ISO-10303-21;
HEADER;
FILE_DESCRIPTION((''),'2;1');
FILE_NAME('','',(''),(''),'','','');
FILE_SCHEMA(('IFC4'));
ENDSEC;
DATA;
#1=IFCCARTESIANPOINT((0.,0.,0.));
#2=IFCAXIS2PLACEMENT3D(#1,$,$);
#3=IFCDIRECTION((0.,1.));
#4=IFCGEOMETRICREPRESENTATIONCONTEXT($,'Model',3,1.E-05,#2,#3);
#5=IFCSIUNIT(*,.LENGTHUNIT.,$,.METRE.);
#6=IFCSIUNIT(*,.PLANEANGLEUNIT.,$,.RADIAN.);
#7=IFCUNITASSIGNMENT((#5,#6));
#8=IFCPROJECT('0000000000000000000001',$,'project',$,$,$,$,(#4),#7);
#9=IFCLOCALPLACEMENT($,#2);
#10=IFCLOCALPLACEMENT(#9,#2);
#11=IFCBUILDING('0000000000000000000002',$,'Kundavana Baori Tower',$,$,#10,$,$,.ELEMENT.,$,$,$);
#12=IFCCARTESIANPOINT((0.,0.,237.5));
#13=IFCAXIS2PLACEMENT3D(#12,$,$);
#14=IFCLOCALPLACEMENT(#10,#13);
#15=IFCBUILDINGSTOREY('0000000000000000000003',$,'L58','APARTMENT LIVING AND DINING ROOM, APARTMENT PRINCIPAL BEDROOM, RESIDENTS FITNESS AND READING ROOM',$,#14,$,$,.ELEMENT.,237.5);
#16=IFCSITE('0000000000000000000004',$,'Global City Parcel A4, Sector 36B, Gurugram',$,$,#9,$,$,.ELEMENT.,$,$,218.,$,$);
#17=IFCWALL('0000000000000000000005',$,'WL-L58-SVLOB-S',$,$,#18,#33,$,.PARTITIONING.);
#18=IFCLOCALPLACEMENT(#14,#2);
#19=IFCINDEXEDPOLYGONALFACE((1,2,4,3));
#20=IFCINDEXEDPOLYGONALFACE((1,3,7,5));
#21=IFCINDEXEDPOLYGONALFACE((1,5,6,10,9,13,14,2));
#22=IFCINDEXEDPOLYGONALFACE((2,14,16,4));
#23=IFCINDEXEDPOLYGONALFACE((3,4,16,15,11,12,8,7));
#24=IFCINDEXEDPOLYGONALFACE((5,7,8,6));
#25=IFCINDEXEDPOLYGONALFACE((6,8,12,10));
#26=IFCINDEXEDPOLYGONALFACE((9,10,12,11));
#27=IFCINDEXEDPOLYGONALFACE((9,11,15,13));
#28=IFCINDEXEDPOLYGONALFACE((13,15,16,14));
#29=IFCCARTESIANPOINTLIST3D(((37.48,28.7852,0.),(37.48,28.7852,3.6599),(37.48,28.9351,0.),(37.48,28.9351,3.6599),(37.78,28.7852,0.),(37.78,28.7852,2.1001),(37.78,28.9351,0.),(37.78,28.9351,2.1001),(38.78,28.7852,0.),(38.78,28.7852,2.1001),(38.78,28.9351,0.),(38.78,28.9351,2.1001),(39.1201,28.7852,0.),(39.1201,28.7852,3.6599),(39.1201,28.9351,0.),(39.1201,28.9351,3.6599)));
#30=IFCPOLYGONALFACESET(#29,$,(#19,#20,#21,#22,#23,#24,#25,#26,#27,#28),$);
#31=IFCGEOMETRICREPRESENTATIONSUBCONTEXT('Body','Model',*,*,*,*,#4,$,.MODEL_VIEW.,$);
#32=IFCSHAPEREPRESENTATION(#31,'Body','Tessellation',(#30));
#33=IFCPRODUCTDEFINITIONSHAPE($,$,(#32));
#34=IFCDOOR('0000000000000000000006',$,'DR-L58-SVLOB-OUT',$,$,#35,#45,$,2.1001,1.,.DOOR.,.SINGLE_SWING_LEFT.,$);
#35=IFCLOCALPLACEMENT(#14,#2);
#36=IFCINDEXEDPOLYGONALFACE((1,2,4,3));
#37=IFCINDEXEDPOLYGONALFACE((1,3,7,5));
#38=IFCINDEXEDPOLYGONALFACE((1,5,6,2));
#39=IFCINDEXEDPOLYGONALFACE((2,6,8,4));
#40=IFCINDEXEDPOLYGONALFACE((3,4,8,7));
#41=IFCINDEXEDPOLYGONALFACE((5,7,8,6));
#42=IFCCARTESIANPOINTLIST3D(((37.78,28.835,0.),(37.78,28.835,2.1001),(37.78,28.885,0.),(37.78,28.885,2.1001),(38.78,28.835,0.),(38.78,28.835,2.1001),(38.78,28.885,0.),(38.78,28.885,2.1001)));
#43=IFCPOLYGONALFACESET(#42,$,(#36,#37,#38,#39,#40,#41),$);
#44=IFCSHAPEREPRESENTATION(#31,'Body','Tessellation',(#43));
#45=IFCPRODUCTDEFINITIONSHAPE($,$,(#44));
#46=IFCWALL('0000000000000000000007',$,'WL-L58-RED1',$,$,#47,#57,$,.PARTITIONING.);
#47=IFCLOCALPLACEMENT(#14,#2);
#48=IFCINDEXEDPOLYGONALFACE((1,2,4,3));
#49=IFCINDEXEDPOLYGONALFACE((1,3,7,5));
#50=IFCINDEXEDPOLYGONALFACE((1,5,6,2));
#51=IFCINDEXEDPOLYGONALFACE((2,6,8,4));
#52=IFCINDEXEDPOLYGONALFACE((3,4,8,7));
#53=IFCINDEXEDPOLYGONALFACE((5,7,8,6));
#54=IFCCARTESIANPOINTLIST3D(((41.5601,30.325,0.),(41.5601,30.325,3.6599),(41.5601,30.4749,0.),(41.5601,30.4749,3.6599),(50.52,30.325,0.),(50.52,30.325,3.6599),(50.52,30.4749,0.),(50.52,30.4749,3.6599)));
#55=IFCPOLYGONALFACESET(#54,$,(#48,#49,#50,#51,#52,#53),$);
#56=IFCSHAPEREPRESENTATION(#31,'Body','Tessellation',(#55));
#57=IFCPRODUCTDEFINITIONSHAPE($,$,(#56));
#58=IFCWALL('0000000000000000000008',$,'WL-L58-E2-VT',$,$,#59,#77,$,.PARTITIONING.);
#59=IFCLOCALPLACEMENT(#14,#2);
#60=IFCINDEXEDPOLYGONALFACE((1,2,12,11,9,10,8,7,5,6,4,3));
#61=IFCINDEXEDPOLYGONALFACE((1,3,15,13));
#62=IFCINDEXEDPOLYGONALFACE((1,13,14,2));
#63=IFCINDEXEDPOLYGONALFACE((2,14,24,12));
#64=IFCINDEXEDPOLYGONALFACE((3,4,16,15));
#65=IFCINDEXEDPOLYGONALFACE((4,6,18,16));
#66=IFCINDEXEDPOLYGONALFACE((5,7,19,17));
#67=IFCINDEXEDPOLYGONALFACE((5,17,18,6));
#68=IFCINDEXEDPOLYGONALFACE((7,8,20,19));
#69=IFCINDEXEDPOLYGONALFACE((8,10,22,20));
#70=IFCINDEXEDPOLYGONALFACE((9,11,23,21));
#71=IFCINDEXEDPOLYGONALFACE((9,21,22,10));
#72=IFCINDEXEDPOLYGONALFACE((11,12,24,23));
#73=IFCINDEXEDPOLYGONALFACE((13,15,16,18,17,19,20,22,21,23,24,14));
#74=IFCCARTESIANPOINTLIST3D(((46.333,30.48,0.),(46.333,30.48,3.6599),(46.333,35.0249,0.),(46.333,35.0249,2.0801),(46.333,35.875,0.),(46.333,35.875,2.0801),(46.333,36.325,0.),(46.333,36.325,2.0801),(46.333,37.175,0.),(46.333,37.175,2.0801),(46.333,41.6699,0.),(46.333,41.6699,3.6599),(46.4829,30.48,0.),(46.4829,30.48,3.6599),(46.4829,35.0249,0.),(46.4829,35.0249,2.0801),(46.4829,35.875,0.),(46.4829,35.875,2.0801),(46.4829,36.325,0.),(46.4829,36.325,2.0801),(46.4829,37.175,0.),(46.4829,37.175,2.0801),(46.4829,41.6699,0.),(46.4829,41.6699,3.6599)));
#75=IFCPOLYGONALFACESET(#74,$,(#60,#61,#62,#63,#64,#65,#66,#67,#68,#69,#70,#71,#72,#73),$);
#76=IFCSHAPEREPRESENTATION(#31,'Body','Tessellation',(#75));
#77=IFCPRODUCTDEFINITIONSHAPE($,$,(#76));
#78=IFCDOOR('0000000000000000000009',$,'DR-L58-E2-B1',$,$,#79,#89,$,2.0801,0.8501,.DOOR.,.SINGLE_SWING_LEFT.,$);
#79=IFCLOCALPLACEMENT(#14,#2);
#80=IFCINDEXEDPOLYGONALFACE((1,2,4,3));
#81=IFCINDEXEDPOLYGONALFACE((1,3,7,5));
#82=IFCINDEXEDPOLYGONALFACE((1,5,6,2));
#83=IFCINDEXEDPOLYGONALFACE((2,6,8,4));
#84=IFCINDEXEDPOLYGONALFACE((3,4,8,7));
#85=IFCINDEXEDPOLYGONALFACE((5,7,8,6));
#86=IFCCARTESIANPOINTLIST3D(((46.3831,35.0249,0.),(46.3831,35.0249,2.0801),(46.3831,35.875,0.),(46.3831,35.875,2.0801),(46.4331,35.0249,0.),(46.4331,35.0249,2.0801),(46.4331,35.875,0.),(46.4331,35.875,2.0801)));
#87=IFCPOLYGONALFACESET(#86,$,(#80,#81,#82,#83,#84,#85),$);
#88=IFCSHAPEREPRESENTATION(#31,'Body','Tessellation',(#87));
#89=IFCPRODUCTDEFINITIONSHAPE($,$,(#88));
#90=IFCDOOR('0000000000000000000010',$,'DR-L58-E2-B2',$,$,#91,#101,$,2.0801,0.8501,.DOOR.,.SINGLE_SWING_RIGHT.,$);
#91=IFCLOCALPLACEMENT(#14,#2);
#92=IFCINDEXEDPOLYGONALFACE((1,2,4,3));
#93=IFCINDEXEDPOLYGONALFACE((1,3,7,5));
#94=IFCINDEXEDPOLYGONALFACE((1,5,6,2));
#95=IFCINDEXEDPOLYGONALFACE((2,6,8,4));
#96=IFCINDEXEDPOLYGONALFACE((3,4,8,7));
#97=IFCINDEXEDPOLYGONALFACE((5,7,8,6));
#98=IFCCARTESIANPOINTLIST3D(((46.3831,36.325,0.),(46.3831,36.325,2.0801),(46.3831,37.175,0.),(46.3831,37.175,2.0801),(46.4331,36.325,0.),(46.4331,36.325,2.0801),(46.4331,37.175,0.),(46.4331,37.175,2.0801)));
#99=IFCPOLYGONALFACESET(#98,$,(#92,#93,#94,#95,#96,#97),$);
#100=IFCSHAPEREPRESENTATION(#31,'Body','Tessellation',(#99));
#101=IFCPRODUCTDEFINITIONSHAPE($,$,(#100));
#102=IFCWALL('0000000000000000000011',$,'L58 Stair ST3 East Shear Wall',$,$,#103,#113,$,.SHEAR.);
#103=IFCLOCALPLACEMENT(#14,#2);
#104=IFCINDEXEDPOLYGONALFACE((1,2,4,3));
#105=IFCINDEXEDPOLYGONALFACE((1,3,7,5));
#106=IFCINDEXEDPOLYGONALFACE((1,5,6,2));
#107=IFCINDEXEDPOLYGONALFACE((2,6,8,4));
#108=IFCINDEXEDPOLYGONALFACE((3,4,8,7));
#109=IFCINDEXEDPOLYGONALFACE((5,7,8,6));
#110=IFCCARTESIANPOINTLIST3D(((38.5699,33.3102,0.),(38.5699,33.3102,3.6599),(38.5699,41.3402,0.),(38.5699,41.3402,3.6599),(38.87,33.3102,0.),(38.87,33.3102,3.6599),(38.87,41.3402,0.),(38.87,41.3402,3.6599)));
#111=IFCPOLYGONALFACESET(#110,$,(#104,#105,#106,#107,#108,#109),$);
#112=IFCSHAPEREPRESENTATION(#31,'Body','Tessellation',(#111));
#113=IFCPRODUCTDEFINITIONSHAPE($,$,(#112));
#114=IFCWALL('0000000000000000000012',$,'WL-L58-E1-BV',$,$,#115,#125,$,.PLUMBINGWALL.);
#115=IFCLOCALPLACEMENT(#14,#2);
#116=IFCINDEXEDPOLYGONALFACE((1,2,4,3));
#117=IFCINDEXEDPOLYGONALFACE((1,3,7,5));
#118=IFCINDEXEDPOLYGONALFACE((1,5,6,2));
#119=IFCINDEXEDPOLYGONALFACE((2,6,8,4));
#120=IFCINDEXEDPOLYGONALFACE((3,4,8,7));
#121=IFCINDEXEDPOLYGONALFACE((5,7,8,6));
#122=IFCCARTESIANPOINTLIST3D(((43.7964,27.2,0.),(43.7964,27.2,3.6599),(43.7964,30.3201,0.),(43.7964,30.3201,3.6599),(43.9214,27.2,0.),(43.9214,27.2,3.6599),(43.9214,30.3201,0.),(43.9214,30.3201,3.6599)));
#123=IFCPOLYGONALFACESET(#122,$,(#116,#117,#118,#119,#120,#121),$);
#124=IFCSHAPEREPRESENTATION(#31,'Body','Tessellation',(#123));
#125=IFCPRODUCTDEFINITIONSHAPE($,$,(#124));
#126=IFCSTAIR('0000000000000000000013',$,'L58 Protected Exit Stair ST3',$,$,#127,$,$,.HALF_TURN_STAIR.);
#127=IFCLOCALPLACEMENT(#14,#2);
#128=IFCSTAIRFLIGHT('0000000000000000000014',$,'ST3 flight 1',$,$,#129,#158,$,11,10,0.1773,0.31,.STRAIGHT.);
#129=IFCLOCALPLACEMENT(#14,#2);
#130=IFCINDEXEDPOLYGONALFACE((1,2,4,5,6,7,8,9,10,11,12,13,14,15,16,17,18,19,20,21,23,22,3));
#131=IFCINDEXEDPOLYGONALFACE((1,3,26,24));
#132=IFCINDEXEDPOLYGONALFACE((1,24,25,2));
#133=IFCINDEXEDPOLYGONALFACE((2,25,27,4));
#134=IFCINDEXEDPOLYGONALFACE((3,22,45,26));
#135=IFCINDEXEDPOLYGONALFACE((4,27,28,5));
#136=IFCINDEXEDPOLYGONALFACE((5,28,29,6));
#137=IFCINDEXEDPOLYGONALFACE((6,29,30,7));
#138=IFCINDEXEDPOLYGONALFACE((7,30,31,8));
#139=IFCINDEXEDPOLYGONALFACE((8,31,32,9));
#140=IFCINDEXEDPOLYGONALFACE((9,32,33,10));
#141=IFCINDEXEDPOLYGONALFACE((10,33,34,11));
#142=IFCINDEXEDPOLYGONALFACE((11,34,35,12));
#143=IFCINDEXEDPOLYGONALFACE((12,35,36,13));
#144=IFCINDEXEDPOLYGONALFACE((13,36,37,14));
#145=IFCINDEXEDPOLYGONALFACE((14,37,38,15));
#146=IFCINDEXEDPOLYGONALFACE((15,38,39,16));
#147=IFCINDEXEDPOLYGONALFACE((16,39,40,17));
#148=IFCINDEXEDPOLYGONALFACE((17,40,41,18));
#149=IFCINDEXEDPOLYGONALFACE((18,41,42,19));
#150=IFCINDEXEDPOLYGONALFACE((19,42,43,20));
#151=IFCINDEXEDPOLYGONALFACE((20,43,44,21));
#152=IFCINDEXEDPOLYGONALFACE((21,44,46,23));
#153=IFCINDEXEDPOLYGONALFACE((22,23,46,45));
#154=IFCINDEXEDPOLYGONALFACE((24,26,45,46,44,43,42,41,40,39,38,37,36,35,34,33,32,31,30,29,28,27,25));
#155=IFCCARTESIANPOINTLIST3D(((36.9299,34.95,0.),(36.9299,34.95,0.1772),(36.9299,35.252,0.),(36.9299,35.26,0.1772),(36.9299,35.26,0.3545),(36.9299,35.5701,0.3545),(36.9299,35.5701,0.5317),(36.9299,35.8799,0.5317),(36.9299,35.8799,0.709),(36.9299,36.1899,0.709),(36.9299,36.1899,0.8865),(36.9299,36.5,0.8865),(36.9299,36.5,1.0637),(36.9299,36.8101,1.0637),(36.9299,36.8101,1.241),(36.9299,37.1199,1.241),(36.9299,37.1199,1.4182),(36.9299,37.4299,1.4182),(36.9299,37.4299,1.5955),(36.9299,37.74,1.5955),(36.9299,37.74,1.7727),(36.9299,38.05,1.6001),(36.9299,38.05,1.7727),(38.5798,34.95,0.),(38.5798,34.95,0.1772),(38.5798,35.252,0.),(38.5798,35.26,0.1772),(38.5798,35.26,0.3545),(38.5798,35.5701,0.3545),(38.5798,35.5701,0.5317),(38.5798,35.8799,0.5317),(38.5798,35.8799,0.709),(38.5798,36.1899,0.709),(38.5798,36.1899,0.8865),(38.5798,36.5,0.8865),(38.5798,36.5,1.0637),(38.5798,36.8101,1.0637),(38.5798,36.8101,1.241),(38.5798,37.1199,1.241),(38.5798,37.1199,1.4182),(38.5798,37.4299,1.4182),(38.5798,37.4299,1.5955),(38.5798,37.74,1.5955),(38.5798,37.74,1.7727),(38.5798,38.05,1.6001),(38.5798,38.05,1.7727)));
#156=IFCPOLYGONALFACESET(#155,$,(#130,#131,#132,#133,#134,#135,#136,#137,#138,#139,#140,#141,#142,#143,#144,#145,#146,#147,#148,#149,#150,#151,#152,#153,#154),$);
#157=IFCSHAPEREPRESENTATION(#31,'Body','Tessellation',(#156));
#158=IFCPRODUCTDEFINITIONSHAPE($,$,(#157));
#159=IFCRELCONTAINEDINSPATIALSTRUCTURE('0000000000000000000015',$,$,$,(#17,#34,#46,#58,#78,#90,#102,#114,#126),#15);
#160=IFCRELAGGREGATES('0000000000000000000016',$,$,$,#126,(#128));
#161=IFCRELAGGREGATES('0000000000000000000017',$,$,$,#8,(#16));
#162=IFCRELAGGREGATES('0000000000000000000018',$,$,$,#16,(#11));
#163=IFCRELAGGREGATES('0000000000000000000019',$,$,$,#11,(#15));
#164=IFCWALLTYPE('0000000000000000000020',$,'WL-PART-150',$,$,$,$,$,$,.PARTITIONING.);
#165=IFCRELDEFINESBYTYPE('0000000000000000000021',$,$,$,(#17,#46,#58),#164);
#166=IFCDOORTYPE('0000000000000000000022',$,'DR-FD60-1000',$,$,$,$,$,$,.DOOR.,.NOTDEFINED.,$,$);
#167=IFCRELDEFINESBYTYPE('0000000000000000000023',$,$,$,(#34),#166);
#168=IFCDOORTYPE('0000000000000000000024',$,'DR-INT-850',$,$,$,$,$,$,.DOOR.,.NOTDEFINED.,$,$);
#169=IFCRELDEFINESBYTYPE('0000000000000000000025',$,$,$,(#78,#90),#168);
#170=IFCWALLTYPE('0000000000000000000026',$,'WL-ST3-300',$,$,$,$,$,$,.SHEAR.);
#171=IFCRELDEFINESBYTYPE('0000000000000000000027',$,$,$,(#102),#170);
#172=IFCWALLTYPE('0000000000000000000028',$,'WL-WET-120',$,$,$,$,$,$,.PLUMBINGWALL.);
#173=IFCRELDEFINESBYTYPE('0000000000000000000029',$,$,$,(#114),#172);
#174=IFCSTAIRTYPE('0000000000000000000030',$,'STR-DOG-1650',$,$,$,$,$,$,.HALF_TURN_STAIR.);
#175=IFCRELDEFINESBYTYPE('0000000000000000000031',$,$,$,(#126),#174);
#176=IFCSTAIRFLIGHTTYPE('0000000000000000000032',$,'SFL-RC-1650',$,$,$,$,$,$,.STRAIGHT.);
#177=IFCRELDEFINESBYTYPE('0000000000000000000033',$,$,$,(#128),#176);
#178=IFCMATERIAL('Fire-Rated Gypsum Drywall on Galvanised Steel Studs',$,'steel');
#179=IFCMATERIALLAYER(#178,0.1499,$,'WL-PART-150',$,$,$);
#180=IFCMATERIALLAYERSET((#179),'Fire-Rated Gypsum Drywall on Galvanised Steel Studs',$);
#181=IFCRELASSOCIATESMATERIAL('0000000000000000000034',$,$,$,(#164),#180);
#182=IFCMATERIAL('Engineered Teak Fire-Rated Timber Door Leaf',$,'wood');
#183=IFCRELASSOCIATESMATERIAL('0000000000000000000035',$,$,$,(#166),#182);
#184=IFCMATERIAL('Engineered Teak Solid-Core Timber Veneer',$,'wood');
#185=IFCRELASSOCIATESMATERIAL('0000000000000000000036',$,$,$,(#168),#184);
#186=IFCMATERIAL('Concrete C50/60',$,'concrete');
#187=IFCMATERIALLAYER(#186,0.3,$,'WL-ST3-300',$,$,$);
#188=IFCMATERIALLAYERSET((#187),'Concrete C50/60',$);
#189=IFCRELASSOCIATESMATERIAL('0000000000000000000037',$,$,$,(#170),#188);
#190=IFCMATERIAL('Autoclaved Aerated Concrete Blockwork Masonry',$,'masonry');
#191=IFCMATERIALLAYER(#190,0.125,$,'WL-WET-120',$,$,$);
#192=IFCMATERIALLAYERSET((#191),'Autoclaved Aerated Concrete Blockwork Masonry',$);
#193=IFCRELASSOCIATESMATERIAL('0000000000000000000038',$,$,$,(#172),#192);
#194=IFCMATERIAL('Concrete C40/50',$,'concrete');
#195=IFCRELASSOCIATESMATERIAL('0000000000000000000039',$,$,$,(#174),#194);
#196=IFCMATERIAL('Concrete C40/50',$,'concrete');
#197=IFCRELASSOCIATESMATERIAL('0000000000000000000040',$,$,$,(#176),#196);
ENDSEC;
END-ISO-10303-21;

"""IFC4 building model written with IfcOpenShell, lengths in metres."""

from ifc_helpers import new_model, si_unit, direction, frame, frame_2d, origin, place, context, subcontext, project, spatial, polyline, rectangle, outline, extrude, material, layer, layer_set, type_object, element, fill, aggregate, save


model = new_model("IFC4")

# Units and contexts
model_context = context("Model", 3, precision=1e-05, world=origin(), true_north=direction((0.0, 1.0)))
body_context = subcontext(model_context, "Body", "Model", "MODEL_VIEW")
ifc_project = project(units=[si_unit("LENGTHUNIT", "METRE"), si_unit("PLANEANGLEUNIT", "RADIAN")], contexts=[model_context])

# Site, building, storey
site_placement = place(None, origin())
site = spatial("IfcSite", under=ifc_project, at=site_placement, Name="Global City Parcel A4, Sector 36B, Gurugram", CompositionType="ELEMENT", RefElevation=218.0)
building_placement = place(site_placement, origin())
building = spatial("IfcBuilding", under=site, at=building_placement, Name="Kundavana Baori Tower", CompositionType="ELEMENT")
storey_placement = place(building_placement, frame((0.0, 0.0, 237.5)))
storey = spatial("IfcBuildingStorey", under=building, at=storey_placement, Name="L58", Description="APARTMENT LIVING AND DINING ROOM, APARTMENT PRINCIPAL BEDROOM, RESIDENTS FITNESS AND READING ROOM", CompositionType="ELEMENT", Elevation=237.5)

# Shared definitions
ifc_material_1 = material(Name="Fire-Rated Gypsum Drywall on Galvanised Steel Studs", Category="steel")
ifc_layer_1 = layer(ifc_material_1, 0.1499, Name="WL-PART-150")
ifc_layer_set_1 = layer_set([ifc_layer_1], Name="Fire-Rated Gypsum Drywall on Galvanised Steel Studs")
wall_type_1 = type_object("IfcWallType", Name="WL-PART-150", PredefinedType="PARTITIONING", material=ifc_layer_set_1)

# Wall, opening, door
wall_1_placement = place(storey_placement, frame((37.48, 28.8601, 0.0), z_axis=(0.0, 0.0, 1.0), x_axis=(1.0, 0.0, 0.0)))
wall_1 = element("IfcWall", 1, at=wall_1_placement, inside=storey, type_object=wall_type_1, Name="WL-L58-SVLOB-S", PredefinedType="PARTITIONING", context=body_context, shape_type="SweptSolid", body=[
    extrude(rectangle(XDim=1.6401, YDim=0.1499, at=frame_2d((0.8201, 0.0))), origin(), (0.0, 0.0, 1.0), 3.6599),
])
opening_1_placement = place(wall_1_placement, frame((0.3, 0.0, 0.0)))
opening_1 = element("IfcOpeningElement", 2, at=opening_1_placement, cuts=wall_1, PredefinedType="OPENING", context=body_context, shape_type="SweptSolid", body=[
    extrude(rectangle(XDim=1.0, YDim=2.1001, at=frame_2d((0.5, 1.05))), frame((0.0, 0.085, 0.0), z_axis=(0.0, -1.0, 0.0), x_axis=(1.0, 0.0, 0.0)), (0.0, 0.0, 1.0), 0.1699),
])
ifc_material_2 = material(Name="Engineered Teak Fire-Rated Timber Door Leaf", Category="wood")
door_type_1 = type_object("IfcDoorType", Name="DR-FD60-1000", OperationType="NOTDEFINED", PredefinedType="DOOR", material=ifc_material_2)
door_1_placement = place(opening_1_placement, origin())
door_1 = element("IfcDoor", 3, at=door_1_placement, inside=storey, type_object=door_type_1, Name="DR-L58-SVLOB-OUT", OperationType="SINGLE_SWING_LEFT", OverallHeight=2.1001, OverallWidth=1.0, PredefinedType="DOOR", context=body_context, shape_type="SweptSolid", body=[
    extrude(rectangle(XDim=1.0, YDim=2.1001, at=frame_2d((0.5, 1.05))), frame((0.0, 0.0249, 0.0), z_axis=(0.0, -1.0, 0.0), x_axis=(1.0, 0.0, 0.0)), (0.0, 0.0, 1.0), 0.05),
])
fill(opening_1, door_1)

# Wall
wall_2_placement = place(storey_placement, frame((41.5601, 30.3999, 0.0), z_axis=(0.0, 0.0, 1.0), x_axis=(1.0, 0.0, 0.0)))
element("IfcWall", 4, at=wall_2_placement, inside=storey, type_object=wall_type_1, Name="WL-L58-RED1", PredefinedType="PARTITIONING", context=body_context, shape_type="SweptSolid", body=[
    extrude(rectangle(XDim=8.96, YDim=0.1499, at=frame_2d((4.48, 0.0))), origin(), (0.0, 0.0, 1.0), 3.6599),
])

# Wall, openings, doors
wall_3_placement = place(storey_placement, frame((46.408, 30.48, 0.0), z_axis=(0.0, 0.0, 1.0), x_axis=(0.0, 1.0, 0.0)))
wall_3 = element("IfcWall", 5, at=wall_3_placement, inside=storey, type_object=wall_type_1, Name="WL-L58-E2-VT", PredefinedType="PARTITIONING", context=body_context, shape_type="SweptSolid", body=[
    extrude(rectangle(XDim=11.1899, YDim=0.1499, at=frame_2d((5.595, 0.0))), origin(), (0.0, 0.0, 1.0), 3.6599),
])
opening_2_placement = place(wall_3_placement, frame((4.5449, 0.0, 0.0)))
opening_2 = element("IfcOpeningElement", 6, at=opening_2_placement, cuts=wall_3, PredefinedType="OPENING", context=body_context, shape_type="SweptSolid", body=[
    extrude(rectangle(XDim=0.8501, YDim=2.0801, at=frame_2d((0.425, 1.04))), frame((0.0, 0.085, 0.0), z_axis=(0.0, -1.0, 0.0), x_axis=(1.0, 0.0, 0.0)), (0.0, 0.0, 1.0), 0.1699),
])
opening_3_placement = place(wall_3_placement, frame((5.845, 0.0, 0.0)))
opening_3 = element("IfcOpeningElement", 7, at=opening_3_placement, cuts=wall_3, PredefinedType="OPENING", context=body_context, shape_type="SweptSolid", body=[
    extrude(rectangle(XDim=0.8501, YDim=2.0801, at=frame_2d((0.425, 1.04))), frame((0.0, 0.085, 0.0), z_axis=(0.0, -1.0, 0.0), x_axis=(1.0, 0.0, 0.0)), (0.0, 0.0, 1.0), 0.1699),
])
ifc_material_3 = material(Name="Engineered Teak Solid-Core Timber Veneer", Category="wood")
door_type_2 = type_object("IfcDoorType", Name="DR-INT-850", OperationType="NOTDEFINED", PredefinedType="DOOR", material=ifc_material_3)
door_2_placement = place(opening_2_placement, origin())
door_2 = element("IfcDoor", 8, at=door_2_placement, inside=storey, type_object=door_type_2, Name="DR-L58-E2-B1", OperationType="SINGLE_SWING_LEFT", OverallHeight=2.0801, OverallWidth=0.8501, PredefinedType="DOOR", context=body_context, shape_type="SweptSolid", body=[
    extrude(rectangle(XDim=0.8501, YDim=2.0801, at=frame_2d((0.425, 1.04))), frame((0.0, 0.0249, 0.0), z_axis=(0.0, -1.0, 0.0), x_axis=(1.0, 0.0, 0.0)), (0.0, 0.0, 1.0), 0.05),
])
fill(opening_2, door_2)
door_3_placement = place(opening_3_placement, origin())
door_3 = element("IfcDoor", 9, at=door_3_placement, inside=storey, type_object=door_type_2, Name="DR-L58-E2-B2", OperationType="SINGLE_SWING_RIGHT", OverallHeight=2.0801, OverallWidth=0.8501, PredefinedType="DOOR", context=body_context, shape_type="SweptSolid", body=[
    extrude(rectangle(XDim=0.8501, YDim=2.0801, at=frame_2d((0.425, 1.04))), frame((0.0, 0.0249, 0.0), z_axis=(0.0, -1.0, 0.0), x_axis=(1.0, 0.0, 0.0)), (0.0, 0.0, 1.0), 0.05),
])
fill(opening_3, door_3)

# Walls
ifc_material_4 = material(Name="Concrete C50/60", Category="concrete")
ifc_layer_2 = layer(ifc_material_4, 0.3, Name="WL-ST3-300")
ifc_layer_set_2 = layer_set([ifc_layer_2], Name="Concrete C50/60")
wall_type_2 = type_object("IfcWallType", Name="WL-ST3-300", PredefinedType="SHEAR", material=ifc_layer_set_2)
wall_4_placement = place(storey_placement, frame((38.72, 33.3101, 0.0), z_axis=(0.0, 0.0, 1.0), x_axis=(0.0, 1.0, 0.0)))
element("IfcWall", 10, at=wall_4_placement, inside=storey, type_object=wall_type_2, Name="L58 Stair ST3 East Shear Wall", PredefinedType="SHEAR", context=body_context, shape_type="SweptSolid", body=[
    extrude(rectangle(XDim=8.03, YDim=0.3, at=frame_2d((4.0151, 0.0))), origin(), (0.0, 0.0, 1.0), 3.6599),
])
ifc_material_5 = material(Name="Autoclaved Aerated Concrete Blockwork Masonry", Category="masonry")
ifc_layer_3 = layer(ifc_material_5, 0.125, Name="WL-WET-120")
ifc_layer_set_3 = layer_set([ifc_layer_3], Name="Autoclaved Aerated Concrete Blockwork Masonry")
wall_type_3 = type_object("IfcWallType", Name="WL-WET-120", PredefinedType="PLUMBINGWALL", material=ifc_layer_set_3)
wall_5_placement = place(storey_placement, frame((43.8589, 27.2, 0.0), z_axis=(0.0, 0.0, 1.0), x_axis=(0.0, 1.0, 0.0)))
element("IfcWall", 11, at=wall_5_placement, inside=storey, type_object=wall_type_3, Name="WL-L58-E1-BV", PredefinedType="PLUMBINGWALL", context=body_context, shape_type="SweptSolid", body=[
    extrude(rectangle(XDim=3.1201, YDim=0.125, at=frame_2d((1.5601, 0.0))), origin(), (0.0, 0.0, 1.0), 3.6599),
])

# Stair, stair flight
ifc_material_6 = material(Name="Concrete C40/50", Category="concrete")
stair_type = type_object("IfcStairType", Name="STR-DOG-1650", PredefinedType="HALF_TURN_STAIR", material=ifc_material_6)
stair_placement = place(storey_placement, origin())
stair = element("IfcStair", 12, at=stair_placement, inside=storey, type_object=stair_type, Name="L58 Protected Exit Stair ST3", PredefinedType="HALF_TURN_STAIR")
ifc_material_7 = material(Name="Concrete C40/50", Category="concrete")
stair_flight_type = type_object("IfcStairFlightType", Name="SFL-RC-1650", PredefinedType="STRAIGHT", material=ifc_material_7)
stair_flight_placement = place(storey_placement, frame((37.7549, 34.95, 0.0), z_axis=(0.0, 0.0, 1.0), x_axis=(0.0, 1.0, 0.0)))
stair_flight = element("IfcStairFlight", 13, at=stair_flight_placement, type_object=stair_flight_type, Name="ST3 flight 1", NumberOfRisers=11, NumberOfTreads=10, PredefinedType="STRAIGHT", RiserHeight=0.1773, TreadLength=0.31, context=body_context, shape_type="SweptSolid", body=[
    extrude(outline(polyline([(0.0, 0.0), (0.0, 0.1772), (0.3101, 0.1772), (0.3101, 0.3545), (0.6201, 0.3545), (0.6201, 0.5317), (0.9299, 0.5317), (0.9299, 0.709), (1.24, 0.709), (1.24, 0.8865), (1.55, 0.8865), (1.55, 1.0637), (1.8601, 1.0637), (1.8601, 1.241), (2.1699, 1.241), (2.1699, 1.4182), (2.48, 1.4182), (2.48, 1.5955), (2.79, 1.5955), (2.79, 1.7727), (3.1001, 1.7727), (3.1001, 1.95), (3.1001, 1.6001), (0.302, 0.0), (0.0, 0.0)])), frame((0.0, 0.825, 0.0), z_axis=(0.0, -1.0, 0.0), x_axis=(1.0, 0.0, 0.0)), (0.0, 0.0, 1.0), 1.6499),
])
aggregate(stair, [stair_flight])

save(model, "model.ifc")
